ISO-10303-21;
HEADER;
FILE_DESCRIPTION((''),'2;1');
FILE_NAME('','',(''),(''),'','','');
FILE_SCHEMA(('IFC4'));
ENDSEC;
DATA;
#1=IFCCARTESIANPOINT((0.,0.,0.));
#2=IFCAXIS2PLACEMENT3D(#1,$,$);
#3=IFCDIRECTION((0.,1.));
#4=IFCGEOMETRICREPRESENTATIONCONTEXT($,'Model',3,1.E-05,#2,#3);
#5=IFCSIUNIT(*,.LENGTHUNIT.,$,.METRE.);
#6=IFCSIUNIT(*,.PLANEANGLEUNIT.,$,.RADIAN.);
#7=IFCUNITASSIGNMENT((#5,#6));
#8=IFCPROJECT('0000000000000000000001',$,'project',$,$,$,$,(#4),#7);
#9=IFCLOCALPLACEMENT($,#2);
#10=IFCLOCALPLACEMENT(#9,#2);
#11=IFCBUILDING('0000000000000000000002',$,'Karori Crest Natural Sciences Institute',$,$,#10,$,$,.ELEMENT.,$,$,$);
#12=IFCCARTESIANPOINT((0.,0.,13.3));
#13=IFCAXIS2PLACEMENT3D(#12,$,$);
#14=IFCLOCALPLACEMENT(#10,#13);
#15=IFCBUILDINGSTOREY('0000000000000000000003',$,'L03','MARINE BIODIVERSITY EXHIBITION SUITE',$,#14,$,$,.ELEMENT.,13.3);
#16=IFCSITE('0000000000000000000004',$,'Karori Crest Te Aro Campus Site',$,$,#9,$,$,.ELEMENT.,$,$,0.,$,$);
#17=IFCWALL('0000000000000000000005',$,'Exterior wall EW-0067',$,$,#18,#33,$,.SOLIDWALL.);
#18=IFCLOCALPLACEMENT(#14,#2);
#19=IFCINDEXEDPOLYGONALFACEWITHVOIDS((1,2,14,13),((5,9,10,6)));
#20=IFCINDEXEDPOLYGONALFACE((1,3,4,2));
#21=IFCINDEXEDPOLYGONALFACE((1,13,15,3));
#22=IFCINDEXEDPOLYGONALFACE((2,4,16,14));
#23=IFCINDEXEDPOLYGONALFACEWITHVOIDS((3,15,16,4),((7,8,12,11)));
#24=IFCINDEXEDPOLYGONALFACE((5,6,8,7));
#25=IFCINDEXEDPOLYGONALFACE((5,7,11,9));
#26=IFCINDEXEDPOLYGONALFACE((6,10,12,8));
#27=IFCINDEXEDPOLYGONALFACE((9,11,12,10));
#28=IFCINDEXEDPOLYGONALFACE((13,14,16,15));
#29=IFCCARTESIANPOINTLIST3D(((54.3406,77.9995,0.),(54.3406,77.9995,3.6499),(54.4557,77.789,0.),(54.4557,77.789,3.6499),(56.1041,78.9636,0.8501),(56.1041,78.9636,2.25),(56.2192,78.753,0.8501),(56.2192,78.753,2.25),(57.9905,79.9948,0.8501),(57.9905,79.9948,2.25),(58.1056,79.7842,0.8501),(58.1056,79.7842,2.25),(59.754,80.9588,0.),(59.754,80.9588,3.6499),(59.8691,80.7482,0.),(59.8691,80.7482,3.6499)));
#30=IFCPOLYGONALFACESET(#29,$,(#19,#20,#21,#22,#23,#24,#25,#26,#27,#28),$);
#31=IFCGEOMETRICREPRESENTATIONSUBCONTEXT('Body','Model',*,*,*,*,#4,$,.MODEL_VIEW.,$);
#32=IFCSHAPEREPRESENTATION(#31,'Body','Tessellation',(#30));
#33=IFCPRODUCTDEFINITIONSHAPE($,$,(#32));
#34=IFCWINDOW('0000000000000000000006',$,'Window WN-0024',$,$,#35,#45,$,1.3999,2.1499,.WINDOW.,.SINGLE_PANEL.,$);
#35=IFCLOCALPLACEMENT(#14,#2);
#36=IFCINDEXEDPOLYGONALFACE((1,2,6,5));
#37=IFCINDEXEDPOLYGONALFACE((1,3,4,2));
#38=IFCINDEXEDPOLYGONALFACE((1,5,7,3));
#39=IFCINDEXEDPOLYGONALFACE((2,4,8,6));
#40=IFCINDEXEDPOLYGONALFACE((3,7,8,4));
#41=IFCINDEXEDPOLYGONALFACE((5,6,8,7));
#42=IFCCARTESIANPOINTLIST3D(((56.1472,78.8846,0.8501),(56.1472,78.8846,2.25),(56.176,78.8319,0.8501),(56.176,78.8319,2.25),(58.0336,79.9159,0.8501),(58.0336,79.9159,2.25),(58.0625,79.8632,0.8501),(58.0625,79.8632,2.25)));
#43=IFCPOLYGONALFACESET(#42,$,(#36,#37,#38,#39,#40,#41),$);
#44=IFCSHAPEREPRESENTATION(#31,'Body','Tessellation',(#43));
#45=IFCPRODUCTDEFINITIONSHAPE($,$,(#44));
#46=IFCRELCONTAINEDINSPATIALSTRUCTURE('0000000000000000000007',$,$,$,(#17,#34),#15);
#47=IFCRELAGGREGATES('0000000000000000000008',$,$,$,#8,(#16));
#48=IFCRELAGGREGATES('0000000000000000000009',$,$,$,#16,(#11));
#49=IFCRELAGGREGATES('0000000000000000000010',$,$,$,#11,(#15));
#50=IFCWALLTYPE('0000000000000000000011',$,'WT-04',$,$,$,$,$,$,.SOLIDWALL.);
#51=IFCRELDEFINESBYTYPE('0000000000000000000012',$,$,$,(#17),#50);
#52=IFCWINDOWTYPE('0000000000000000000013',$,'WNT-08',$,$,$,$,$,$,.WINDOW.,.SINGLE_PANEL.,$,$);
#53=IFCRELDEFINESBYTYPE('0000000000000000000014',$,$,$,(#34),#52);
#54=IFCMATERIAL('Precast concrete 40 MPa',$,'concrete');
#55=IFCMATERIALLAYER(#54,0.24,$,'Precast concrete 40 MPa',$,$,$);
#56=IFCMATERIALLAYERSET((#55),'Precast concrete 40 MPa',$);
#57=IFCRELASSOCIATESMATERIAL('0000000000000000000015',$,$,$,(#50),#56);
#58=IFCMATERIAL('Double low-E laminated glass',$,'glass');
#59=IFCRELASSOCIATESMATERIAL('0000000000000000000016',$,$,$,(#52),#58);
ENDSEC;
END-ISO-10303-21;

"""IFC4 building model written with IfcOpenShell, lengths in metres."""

from ifc_helpers import new_model, si_unit, direction, frame, frame_2d, origin, place, context, subcontext, project, spatial, rectangle, extrude, material, layer, layer_set, type_object, element, fill, save


model = new_model("IFC4")

# Units and contexts
model_context = context("Model", 3, precision=1e-05, world=origin(), true_north=direction((0.0, 1.0)))
body_context = subcontext(model_context, "Body", "Model", "MODEL_VIEW")
ifc_project = project(units=[si_unit("LENGTHUNIT", "METRE"), si_unit("PLANEANGLEUNIT", "RADIAN")], contexts=[model_context])

# Site, building, storey
site_placement = place(None, origin())
site = spatial("IfcSite", under=ifc_project, at=site_placement, Name="Karori Crest Te Aro Campus Site", CompositionType="ELEMENT", RefElevation=0.0)
building_placement = place(site_placement, origin())
building = spatial("IfcBuilding", under=site, at=building_placement, Name="Karori Crest Natural Sciences Institute", CompositionType="ELEMENT")
storey_placement = place(building_placement, frame((0.0, 0.0, 13.3)))
storey = spatial("IfcBuildingStorey", under=building, at=storey_placement, Name="L03", Description="MARINE BIODIVERSITY EXHIBITION SUITE", CompositionType="ELEMENT", Elevation=13.3)

# Shared definitions
ifc_material_1 = material(Name="Double low-E laminated glass", Category="glass")

# Wall, opening, window
ifc_material_2 = material(Name="Precast concrete 40 MPa", Category="concrete")
ifc_layer_1 = layer(ifc_material_2, 0.24, Name="Precast concrete 40 MPa")
ifc_layer_set_1 = layer_set([ifc_layer_1], Name="Precast concrete 40 MPa")
wall_type_1 = type_object("IfcWallType", Name="WT-04", PredefinedType="SOLIDWALL", material=ifc_layer_set_1)
wall_1_placement = place(storey_placement, frame((59.8115, 80.8535, 0.0), z_axis=(0.0, 0.0, 1.0), x_axis=(-0.877452, -0.479664, 0.0)))
wall_1 = element("IfcWall", 1, at=wall_1_placement, inside=storey, type_object=wall_type_1, Name="Exterior wall EW-0067", PredefinedType="SOLIDWALL", context=body_context, shape_type="SweptSolid", body=[
    extrude(rectangle(XDim=6.1694, YDim=0.24, at=frame_2d((3.0847, 0.0))), origin(), (0.0, 0.0, 1.0), 3.6499),
])
opening_1_placement = place(wall_1_placement, frame((2.0098, 0.0, 0.8501)))
opening_1 = element("IfcOpeningElement", 2, at=opening_1_placement, cuts=wall_1, PredefinedType="OPENING", context=body_context, shape_type="SweptSolid", body=[
    extrude(rectangle(XDim=2.1499, YDim=1.3999, at=frame_2d((1.075, 0.7))), frame((0.0, 0.1299, 0.0), z_axis=(0.0, -1.0, 0.0), x_axis=(1.0, 0.0, 0.0)), (0.0, 0.0, 1.0), 0.26),
])
window_type = type_object("IfcWindowType", Name="WNT-08", PartitioningType="SINGLE_PANEL", PredefinedType="WINDOW", material=ifc_material_1)
window_placement = place(opening_1_placement, origin())
window = element("IfcWindow", 3, at=window_placement, inside=storey, type_object=window_type, Name="Window WN-0024", OverallHeight=1.3999, OverallWidth=2.1499, PartitioningType="SINGLE_PANEL", PredefinedType="WINDOW", context=body_context, shape_type="SweptSolid", body=[
    extrude(rectangle(XDim=2.1499, YDim=1.3999, at=frame_2d((1.075, 0.7))), frame((0.0, 0.03, 0.0), z_axis=(0.0, -1.0, 0.0), x_axis=(1.0, 0.0, 0.0)), (0.0, 0.0, 1.0), 0.0601),
])
fill(opening_1, window)

save(model, "model.ifc")
